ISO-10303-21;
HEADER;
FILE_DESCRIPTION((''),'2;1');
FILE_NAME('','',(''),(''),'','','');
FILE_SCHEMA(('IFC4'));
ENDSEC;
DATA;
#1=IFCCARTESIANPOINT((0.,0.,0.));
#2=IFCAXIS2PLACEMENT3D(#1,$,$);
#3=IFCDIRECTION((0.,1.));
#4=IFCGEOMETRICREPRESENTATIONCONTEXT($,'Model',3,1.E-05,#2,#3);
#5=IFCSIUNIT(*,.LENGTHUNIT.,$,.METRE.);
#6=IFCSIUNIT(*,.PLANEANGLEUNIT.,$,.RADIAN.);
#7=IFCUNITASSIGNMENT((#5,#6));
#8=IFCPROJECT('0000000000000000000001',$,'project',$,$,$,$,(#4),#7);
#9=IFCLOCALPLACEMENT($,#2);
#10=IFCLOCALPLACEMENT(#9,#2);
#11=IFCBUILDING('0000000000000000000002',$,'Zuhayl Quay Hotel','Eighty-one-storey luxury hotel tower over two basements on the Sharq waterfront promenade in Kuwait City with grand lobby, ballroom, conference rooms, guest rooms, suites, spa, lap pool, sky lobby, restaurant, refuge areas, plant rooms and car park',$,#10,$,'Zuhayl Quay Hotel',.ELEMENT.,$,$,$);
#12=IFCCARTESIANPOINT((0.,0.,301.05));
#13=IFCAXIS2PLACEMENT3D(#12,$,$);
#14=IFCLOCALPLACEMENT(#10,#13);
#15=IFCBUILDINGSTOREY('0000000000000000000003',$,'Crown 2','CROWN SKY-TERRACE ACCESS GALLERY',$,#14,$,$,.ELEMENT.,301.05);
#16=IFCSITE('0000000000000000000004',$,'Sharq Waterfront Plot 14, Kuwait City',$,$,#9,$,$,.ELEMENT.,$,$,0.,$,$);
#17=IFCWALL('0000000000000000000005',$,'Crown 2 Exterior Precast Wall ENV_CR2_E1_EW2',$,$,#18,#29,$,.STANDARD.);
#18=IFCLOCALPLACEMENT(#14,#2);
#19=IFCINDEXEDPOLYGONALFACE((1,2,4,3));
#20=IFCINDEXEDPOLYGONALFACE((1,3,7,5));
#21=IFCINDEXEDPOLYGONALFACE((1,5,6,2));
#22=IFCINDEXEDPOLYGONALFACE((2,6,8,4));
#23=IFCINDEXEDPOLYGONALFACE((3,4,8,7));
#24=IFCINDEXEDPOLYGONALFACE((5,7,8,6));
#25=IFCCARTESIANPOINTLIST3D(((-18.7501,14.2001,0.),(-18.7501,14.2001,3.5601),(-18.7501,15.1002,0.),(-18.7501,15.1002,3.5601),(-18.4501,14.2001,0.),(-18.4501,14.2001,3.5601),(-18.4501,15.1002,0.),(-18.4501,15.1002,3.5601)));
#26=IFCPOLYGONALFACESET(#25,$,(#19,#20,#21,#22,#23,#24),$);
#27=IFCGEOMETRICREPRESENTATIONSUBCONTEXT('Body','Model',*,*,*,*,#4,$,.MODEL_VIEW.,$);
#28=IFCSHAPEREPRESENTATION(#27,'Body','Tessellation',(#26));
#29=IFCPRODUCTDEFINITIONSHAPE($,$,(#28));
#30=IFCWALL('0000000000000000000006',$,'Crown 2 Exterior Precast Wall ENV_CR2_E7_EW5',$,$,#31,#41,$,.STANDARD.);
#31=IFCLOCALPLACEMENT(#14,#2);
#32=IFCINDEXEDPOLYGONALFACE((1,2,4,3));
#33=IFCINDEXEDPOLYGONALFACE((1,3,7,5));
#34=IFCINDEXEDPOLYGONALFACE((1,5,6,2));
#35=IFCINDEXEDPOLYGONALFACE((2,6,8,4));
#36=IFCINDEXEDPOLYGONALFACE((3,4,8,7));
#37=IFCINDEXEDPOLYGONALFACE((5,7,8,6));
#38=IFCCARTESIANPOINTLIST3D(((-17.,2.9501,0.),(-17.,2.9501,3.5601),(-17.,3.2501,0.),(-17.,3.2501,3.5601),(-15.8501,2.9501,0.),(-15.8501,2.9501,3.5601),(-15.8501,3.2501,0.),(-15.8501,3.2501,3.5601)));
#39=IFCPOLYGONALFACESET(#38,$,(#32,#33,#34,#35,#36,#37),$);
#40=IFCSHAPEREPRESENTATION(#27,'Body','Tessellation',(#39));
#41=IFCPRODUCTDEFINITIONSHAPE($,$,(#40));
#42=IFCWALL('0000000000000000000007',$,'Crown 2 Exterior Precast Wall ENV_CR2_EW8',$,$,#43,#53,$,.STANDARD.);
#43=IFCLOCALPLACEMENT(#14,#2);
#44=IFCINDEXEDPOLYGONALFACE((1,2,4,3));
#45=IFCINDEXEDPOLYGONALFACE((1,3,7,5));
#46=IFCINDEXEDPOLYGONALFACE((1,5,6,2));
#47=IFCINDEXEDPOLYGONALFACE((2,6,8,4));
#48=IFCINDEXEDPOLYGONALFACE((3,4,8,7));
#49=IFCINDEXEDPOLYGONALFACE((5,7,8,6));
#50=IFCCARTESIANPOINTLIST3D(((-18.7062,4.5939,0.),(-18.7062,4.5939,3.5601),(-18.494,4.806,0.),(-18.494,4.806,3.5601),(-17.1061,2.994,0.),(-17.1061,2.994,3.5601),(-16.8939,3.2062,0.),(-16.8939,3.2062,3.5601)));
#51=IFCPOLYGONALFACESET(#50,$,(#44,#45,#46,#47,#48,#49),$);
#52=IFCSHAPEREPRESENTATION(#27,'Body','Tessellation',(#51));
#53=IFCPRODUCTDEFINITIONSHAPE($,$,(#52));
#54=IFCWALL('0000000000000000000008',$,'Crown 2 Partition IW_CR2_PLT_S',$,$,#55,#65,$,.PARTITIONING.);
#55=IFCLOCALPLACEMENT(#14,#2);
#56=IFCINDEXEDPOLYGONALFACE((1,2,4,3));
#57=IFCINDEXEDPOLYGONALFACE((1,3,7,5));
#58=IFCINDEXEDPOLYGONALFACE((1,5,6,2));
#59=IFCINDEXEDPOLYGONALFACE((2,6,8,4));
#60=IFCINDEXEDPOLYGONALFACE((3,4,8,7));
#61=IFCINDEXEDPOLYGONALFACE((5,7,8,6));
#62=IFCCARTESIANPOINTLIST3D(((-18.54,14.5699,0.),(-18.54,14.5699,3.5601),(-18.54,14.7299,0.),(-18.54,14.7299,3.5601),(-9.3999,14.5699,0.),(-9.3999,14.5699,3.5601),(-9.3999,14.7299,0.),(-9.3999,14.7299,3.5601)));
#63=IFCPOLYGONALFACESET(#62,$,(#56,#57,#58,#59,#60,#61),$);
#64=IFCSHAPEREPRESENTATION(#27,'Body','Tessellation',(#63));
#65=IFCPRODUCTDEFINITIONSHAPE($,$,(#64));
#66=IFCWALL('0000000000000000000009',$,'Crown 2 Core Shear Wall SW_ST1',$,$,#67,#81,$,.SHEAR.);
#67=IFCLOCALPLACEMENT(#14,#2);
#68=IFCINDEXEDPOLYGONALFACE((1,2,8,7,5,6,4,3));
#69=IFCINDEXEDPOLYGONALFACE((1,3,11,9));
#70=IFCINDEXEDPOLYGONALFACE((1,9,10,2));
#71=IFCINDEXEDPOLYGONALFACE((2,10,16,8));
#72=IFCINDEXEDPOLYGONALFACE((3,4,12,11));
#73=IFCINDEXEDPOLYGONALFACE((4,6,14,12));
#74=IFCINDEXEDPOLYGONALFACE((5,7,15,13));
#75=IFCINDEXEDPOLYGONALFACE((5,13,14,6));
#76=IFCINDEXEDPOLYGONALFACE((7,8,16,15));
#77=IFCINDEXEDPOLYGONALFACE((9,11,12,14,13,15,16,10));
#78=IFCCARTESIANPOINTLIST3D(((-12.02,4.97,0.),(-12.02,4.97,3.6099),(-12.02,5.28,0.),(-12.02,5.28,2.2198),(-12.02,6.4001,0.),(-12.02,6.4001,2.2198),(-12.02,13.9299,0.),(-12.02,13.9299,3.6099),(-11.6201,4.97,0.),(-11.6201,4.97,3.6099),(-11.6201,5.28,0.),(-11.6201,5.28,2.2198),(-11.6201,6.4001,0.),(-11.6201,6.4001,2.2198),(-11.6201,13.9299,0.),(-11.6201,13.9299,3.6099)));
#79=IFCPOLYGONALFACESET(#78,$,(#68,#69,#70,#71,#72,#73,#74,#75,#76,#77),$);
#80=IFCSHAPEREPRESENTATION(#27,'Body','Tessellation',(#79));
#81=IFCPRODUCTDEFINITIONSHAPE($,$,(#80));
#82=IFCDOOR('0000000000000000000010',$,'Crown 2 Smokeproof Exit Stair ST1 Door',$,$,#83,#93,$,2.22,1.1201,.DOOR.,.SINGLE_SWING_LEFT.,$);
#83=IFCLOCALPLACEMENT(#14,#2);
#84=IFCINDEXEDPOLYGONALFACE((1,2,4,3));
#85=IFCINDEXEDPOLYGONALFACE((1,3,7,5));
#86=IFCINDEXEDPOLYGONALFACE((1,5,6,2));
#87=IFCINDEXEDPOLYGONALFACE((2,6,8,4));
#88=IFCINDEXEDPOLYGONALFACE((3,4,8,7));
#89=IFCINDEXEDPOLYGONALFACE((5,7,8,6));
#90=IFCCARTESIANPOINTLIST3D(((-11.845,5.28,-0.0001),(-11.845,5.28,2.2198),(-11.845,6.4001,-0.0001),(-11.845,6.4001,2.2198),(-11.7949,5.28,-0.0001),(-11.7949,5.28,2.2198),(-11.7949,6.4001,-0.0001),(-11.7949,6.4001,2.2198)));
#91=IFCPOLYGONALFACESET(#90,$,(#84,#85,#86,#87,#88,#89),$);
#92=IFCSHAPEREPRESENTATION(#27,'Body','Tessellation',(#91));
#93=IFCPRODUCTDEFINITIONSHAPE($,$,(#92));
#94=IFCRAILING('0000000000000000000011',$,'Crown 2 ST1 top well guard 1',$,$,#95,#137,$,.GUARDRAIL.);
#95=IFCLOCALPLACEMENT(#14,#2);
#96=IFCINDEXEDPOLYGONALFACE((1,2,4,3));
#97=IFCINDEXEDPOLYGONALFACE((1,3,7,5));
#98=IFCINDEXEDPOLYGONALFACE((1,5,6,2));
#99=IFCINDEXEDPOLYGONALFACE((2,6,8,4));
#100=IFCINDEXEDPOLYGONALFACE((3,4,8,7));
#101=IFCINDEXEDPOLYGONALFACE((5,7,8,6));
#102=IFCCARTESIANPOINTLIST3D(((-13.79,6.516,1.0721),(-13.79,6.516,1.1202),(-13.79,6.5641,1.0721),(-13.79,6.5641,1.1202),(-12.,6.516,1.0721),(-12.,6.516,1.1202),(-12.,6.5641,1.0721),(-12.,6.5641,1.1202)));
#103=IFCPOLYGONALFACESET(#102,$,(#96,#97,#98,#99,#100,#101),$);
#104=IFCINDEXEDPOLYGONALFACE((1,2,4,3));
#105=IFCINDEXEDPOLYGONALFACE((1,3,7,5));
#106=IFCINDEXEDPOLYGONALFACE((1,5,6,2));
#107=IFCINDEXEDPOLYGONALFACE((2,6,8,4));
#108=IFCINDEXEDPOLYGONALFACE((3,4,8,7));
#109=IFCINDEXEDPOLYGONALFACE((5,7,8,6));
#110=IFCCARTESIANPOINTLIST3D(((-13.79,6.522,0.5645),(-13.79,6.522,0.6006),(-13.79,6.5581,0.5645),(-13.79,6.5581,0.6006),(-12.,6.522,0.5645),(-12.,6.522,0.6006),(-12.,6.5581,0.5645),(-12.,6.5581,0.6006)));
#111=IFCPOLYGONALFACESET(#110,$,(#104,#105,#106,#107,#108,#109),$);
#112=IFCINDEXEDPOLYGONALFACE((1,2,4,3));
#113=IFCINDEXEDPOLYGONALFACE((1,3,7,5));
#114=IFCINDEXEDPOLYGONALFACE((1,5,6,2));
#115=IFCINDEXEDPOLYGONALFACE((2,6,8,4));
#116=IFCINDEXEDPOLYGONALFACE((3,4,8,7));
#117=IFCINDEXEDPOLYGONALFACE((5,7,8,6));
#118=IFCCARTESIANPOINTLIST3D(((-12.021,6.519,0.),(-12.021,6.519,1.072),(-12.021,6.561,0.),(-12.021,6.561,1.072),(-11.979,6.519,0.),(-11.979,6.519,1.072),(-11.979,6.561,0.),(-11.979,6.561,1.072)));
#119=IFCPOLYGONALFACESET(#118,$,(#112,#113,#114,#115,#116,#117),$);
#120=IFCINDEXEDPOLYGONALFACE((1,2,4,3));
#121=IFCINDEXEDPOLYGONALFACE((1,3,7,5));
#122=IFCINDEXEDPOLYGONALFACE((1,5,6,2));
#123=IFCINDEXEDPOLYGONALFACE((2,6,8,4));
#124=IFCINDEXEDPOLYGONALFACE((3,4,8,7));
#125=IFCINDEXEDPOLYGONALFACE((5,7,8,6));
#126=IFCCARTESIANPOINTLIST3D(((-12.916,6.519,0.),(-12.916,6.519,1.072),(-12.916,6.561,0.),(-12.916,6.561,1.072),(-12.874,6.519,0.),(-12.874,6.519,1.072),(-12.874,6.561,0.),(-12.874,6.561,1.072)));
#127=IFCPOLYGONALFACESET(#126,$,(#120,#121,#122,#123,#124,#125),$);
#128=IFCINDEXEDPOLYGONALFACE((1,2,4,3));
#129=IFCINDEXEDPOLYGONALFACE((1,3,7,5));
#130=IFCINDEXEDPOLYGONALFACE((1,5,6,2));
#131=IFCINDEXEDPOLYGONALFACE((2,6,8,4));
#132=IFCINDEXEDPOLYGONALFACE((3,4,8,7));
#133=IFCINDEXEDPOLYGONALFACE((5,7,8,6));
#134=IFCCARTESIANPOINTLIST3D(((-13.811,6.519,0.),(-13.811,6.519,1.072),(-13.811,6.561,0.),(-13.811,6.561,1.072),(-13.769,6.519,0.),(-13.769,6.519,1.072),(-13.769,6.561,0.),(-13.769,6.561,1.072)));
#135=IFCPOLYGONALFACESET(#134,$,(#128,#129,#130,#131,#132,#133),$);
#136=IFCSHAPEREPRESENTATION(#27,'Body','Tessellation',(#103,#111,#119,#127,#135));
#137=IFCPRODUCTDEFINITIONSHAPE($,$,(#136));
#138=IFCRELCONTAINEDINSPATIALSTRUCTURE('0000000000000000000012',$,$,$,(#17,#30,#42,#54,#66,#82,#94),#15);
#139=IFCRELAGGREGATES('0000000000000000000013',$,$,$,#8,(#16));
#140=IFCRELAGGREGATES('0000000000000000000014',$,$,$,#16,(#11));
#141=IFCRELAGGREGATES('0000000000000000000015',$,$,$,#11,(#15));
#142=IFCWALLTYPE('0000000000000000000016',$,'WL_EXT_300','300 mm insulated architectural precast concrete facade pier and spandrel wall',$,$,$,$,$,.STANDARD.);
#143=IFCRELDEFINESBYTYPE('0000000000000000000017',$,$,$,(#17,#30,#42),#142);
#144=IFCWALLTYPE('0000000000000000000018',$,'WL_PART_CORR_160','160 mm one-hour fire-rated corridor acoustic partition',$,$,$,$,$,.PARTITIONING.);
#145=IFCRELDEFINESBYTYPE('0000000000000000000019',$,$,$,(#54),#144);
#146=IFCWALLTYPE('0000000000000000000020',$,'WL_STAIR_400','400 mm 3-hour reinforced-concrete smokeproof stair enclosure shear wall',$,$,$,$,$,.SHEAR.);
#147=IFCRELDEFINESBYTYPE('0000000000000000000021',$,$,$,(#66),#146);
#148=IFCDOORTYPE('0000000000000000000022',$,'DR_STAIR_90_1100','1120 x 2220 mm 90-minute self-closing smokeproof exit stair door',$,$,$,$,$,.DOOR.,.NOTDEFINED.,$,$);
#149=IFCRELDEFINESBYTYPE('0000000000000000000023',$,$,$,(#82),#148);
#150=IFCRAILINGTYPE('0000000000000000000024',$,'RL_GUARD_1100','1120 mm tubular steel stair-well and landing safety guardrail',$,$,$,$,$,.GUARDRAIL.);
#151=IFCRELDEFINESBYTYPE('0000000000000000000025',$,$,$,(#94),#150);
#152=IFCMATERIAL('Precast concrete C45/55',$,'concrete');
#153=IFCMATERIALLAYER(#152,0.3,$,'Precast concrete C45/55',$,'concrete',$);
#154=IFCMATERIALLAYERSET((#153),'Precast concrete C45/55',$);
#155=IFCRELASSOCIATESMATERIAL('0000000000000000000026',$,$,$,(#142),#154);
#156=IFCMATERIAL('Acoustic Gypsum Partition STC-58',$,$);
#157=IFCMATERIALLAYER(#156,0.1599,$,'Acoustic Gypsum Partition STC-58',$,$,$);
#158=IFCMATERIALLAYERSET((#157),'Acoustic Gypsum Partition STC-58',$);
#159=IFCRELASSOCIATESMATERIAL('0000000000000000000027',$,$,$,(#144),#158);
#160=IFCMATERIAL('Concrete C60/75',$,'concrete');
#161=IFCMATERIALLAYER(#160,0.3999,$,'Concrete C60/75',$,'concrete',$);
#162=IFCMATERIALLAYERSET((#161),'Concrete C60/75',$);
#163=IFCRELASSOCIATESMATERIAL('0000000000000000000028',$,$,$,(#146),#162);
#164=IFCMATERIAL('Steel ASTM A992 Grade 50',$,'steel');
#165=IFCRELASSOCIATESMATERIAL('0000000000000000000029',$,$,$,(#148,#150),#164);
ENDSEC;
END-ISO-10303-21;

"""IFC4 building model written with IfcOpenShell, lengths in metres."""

from ifc_helpers import new_model, si_unit, direction, frame, frame_2d, origin, origin_2d, place, context, subcontext, project, spatial, rectangle, extrude, material, layer, layer_set, type_object, element, fill, save


model = new_model("IFC4")

# Units and contexts
model_context = context("Model", 3, precision=1e-05, world=origin(), true_north=direction((0.0, 1.0)))
body_context = subcontext(model_context, "Body", "Model", "MODEL_VIEW")
ifc_project = project(units=[si_unit("LENGTHUNIT", "METRE"), si_unit("PLANEANGLEUNIT", "RADIAN")], contexts=[model_context])

# Site, building, storey
site_placement = place(None, origin())
site = spatial("IfcSite", under=ifc_project, at=site_placement, Name="Sharq Waterfront Plot 14, Kuwait City", CompositionType="ELEMENT", RefElevation=0.0)
building_placement = place(site_placement, origin())
building = spatial("IfcBuilding", under=site, at=building_placement, Name="Zuhayl Quay Hotel", Description="Eighty-one-storey luxury hotel tower over two basements on the Sharq waterfront promenade in Kuwait City with grand lobby, ballroom, conference rooms, guest rooms, suites, spa, lap pool, sky lobby, restaurant, refuge areas, plant rooms and car park", LongName="Zuhayl Quay Hotel", CompositionType="ELEMENT")
storey_placement = place(building_placement, frame((0.0, 0.0, 301.05)))
storey = spatial("IfcBuildingStorey", under=building, at=storey_placement, Name="Crown 2", Description="CROWN SKY-TERRACE ACCESS GALLERY", CompositionType="ELEMENT", Elevation=301.05)

# Shared definitions
ifc_material_1 = material(Name="Concrete C60/75", Category="concrete")

# Walls
ifc_material_2 = material(Name="Precast concrete C45/55", Category="concrete")
ifc_layer_1 = layer(ifc_material_2, 0.3, Name="Precast concrete C45/55", Category="concrete")
ifc_layer_set_1 = layer_set([ifc_layer_1], Name="Precast concrete C45/55")
wall_type_1 = type_object("IfcWallType", Name="WL_EXT_300", Description="300 mm insulated architectural precast concrete facade pier and spandrel wall", PredefinedType="STANDARD", material=ifc_layer_set_1)
wall_1_placement = place(storey_placement, frame((-18.6001, 14.2, 0.0), z_axis=(0.0, 0.0, 1.0), x_axis=(0.0, 1.0, 0.0)))
element("IfcWall", 1, at=wall_1_placement, inside=storey, type_object=wall_type_1, Name="Crown 2 Exterior Precast Wall ENV_CR2_E1_EW2", PredefinedType="STANDARD", context=body_context, shape_type="SweptSolid", body=[
    extrude(rectangle(XDim=0.9001, YDim=0.3, at=frame_2d((0.4502, 0.0))), origin(), (0.0, 0.0, 1.0), 3.5601),
])
wall_2_placement = place(storey_placement, frame((-15.8501, 3.1001, 0.0), z_axis=(0.0, 0.0, 1.0), x_axis=(-1.0, 0.0, 0.0)))
element("IfcWall", 2, at=wall_2_placement, inside=storey, type_object=wall_type_1, Name="Crown 2 Exterior Precast Wall ENV_CR2_E7_EW5", PredefinedType="STANDARD", context=body_context, shape_type="SweptSolid", body=[
    extrude(rectangle(XDim=1.1499, YDim=0.3, at=frame_2d((0.575, 0.0))), origin(), (0.0, 0.0, 1.0), 3.5601),
])
wall_3_placement = place(storey_placement, frame((-17.0, 3.1001, 0.0), z_axis=(0.0, 0.0, 1.0), x_axis=(-0.707161, 0.707053, 0.0)))
element("IfcWall", 3, at=wall_3_placement, inside=storey, type_object=wall_type_1, Name="Crown 2 Exterior Precast Wall ENV_CR2_EW8", PredefinedType="STANDARD", context=body_context, shape_type="SweptSolid", body=[
    extrude(rectangle(XDim=2.2627, YDim=0.3, at=frame_2d((1.1313, 0.0))), origin(), (0.0, 0.0, 1.0), 3.5601),
])
ifc_material_3 = material(Name="Acoustic Gypsum Partition STC-58")
ifc_layer_2 = layer(ifc_material_3, 0.1599, Name="Acoustic Gypsum Partition STC-58")
ifc_layer_set_2 = layer_set([ifc_layer_2], Name="Acoustic Gypsum Partition STC-58")
wall_type_2 = type_object("IfcWallType", Name="WL_PART_CORR_160", Description="160 mm one-hour fire-rated corridor acoustic partition", PredefinedType="PARTITIONING", material=ifc_layer_set_2)
wall_4_placement = place(storey_placement, frame((-18.54, 14.6499, 0.0), z_axis=(0.0, 0.0, 1.0), x_axis=(1.0, 0.0, 0.0)))
element("IfcWall", 4, at=wall_4_placement, inside=storey, type_object=wall_type_2, Name="Crown 2 Partition IW_CR2_PLT_S", PredefinedType="PARTITIONING", context=body_context, shape_type="SweptSolid", body=[
    extrude(rectangle(XDim=9.1401, YDim=0.1599, at=frame_2d((4.5701, 0.0))), origin(), (0.0, 0.0, 1.0), 3.5601),
])

# Wall, opening, door
ifc_layer_3 = layer(ifc_material_1, 0.3999, Name="Concrete C60/75", Category="concrete")
ifc_layer_set_3 = layer_set([ifc_layer_3], Name="Concrete C60/75")
wall_type_3 = type_object("IfcWallType", Name="WL_STAIR_400", Description="400 mm 3-hour reinforced-concrete smokeproof stair enclosure shear wall", PredefinedType="SHEAR", material=ifc_layer_set_3)
wall_5_placement = place(storey_placement, frame((-11.8201, 4.97, 0.0), z_axis=(0.0, 0.0, 1.0), x_axis=(0.0, 1.0, 0.0)))
wall_5 = element("IfcWall", 5, at=wall_5_placement, inside=storey, type_object=wall_type_3, Name="Crown 2 Core Shear Wall SW_ST1", PredefinedType="SHEAR", context=body_context, shape_type="SweptSolid", body=[
    extrude(rectangle(XDim=8.96, YDim=0.3999, at=frame_2d((4.48, 0.0))), origin(), (0.0, 0.0, 1.0), 3.6099),
])
opening_placement = place(wall_5_placement, frame((0.3101, 0.0, 0.0)))
opening = element("IfcOpeningElement", 6, at=opening_placement, cuts=wall_5, PredefinedType="OPENING", context=body_context, shape_type="SweptSolid", body=[
    extrude(rectangle(XDim=1.1201, YDim=2.22, at=frame_2d((0.5601, 1.1099))), frame((0.0, 0.21, 0.0), z_axis=(0.0, -1.0, 0.0), x_axis=(1.0, 0.0, 0.0)), (0.0, 0.0, 1.0), 0.4199),
])
ifc_material_4 = material(Name="Steel ASTM A992 Grade 50", Category="steel")
door_type = type_object("IfcDoorType", Name="DR_STAIR_90_1100", Description="1120 x 2220 mm 90-minute self-closing smokeproof exit stair door", OperationType="NOTDEFINED", PredefinedType="DOOR", material=ifc_material_4)
door_placement = place(opening_placement, origin())
door = element("IfcDoor", 7, at=door_placement, inside=storey, type_object=door_type, Name="Crown 2 Smokeproof Exit Stair ST1 Door", OperationType="SINGLE_SWING_LEFT", OverallHeight=2.22, OverallWidth=1.1201, PredefinedType="DOOR", context=body_context, shape_type="SweptSolid", body=[
    extrude(rectangle(XDim=1.1201, YDim=2.22, at=frame_2d((0.5601, 1.1099))), frame((0.0, 0.0249, 0.0), z_axis=(0.0, -1.0, 0.0), x_axis=(1.0, 0.0, 0.0)), (0.0, 0.0, 1.0), 0.05),
])
fill(opening, door)

# Railing
railing_type_1 = type_object("IfcRailingType", Name="RL_GUARD_1100", Description="1120 mm tubular steel stair-well and landing safety guardrail", PredefinedType="GUARDRAIL", material=ifc_material_4)
railing_1_placement = place(storey_placement, frame((-12.0, 6.54, 0.0)))
element("IfcRailing", 8, at=railing_1_placement, inside=storey, type_object=railing_type_1, Name="Crown 2 ST1 top well guard 1", PredefinedType="GUARDRAIL", context=body_context, shape_type="SweptSolid", body=[
    extrude(rectangle(XDim=0.0481, YDim=0.0481, at=origin_2d()), frame((0.0, 0.0, 1.0962), z_axis=(-1.0, 0.0, 0.0), x_axis=(0.0, -1.0, 0.0)), (0.0, 0.0, 1.0), 1.79),
    extrude(rectangle(XDim=0.0361, YDim=0.0361, at=origin_2d()), frame((0.0, 0.0, 0.5825), z_axis=(-1.0, 0.0, 0.0), x_axis=(0.0, -1.0, 0.0)), (0.0, 0.0, 1.0), 1.79),
    extrude(rectangle(XDim=0.042, YDim=0.042, at=origin_2d()), origin(), (0.0, 0.0, 1.0), 1.072),
    extrude(rectangle(XDim=0.042, YDim=0.042, at=origin_2d()), frame((-0.895, 0.0, 0.0)), (0.0, 0.0, 1.0), 1.072),
    extrude(rectangle(XDim=0.042, YDim=0.042, at=origin_2d()), frame((-1.79, 0.0, 0.0)), (0.0, 0.0, 1.0), 1.072),
])

save(model, "model.ifc")
